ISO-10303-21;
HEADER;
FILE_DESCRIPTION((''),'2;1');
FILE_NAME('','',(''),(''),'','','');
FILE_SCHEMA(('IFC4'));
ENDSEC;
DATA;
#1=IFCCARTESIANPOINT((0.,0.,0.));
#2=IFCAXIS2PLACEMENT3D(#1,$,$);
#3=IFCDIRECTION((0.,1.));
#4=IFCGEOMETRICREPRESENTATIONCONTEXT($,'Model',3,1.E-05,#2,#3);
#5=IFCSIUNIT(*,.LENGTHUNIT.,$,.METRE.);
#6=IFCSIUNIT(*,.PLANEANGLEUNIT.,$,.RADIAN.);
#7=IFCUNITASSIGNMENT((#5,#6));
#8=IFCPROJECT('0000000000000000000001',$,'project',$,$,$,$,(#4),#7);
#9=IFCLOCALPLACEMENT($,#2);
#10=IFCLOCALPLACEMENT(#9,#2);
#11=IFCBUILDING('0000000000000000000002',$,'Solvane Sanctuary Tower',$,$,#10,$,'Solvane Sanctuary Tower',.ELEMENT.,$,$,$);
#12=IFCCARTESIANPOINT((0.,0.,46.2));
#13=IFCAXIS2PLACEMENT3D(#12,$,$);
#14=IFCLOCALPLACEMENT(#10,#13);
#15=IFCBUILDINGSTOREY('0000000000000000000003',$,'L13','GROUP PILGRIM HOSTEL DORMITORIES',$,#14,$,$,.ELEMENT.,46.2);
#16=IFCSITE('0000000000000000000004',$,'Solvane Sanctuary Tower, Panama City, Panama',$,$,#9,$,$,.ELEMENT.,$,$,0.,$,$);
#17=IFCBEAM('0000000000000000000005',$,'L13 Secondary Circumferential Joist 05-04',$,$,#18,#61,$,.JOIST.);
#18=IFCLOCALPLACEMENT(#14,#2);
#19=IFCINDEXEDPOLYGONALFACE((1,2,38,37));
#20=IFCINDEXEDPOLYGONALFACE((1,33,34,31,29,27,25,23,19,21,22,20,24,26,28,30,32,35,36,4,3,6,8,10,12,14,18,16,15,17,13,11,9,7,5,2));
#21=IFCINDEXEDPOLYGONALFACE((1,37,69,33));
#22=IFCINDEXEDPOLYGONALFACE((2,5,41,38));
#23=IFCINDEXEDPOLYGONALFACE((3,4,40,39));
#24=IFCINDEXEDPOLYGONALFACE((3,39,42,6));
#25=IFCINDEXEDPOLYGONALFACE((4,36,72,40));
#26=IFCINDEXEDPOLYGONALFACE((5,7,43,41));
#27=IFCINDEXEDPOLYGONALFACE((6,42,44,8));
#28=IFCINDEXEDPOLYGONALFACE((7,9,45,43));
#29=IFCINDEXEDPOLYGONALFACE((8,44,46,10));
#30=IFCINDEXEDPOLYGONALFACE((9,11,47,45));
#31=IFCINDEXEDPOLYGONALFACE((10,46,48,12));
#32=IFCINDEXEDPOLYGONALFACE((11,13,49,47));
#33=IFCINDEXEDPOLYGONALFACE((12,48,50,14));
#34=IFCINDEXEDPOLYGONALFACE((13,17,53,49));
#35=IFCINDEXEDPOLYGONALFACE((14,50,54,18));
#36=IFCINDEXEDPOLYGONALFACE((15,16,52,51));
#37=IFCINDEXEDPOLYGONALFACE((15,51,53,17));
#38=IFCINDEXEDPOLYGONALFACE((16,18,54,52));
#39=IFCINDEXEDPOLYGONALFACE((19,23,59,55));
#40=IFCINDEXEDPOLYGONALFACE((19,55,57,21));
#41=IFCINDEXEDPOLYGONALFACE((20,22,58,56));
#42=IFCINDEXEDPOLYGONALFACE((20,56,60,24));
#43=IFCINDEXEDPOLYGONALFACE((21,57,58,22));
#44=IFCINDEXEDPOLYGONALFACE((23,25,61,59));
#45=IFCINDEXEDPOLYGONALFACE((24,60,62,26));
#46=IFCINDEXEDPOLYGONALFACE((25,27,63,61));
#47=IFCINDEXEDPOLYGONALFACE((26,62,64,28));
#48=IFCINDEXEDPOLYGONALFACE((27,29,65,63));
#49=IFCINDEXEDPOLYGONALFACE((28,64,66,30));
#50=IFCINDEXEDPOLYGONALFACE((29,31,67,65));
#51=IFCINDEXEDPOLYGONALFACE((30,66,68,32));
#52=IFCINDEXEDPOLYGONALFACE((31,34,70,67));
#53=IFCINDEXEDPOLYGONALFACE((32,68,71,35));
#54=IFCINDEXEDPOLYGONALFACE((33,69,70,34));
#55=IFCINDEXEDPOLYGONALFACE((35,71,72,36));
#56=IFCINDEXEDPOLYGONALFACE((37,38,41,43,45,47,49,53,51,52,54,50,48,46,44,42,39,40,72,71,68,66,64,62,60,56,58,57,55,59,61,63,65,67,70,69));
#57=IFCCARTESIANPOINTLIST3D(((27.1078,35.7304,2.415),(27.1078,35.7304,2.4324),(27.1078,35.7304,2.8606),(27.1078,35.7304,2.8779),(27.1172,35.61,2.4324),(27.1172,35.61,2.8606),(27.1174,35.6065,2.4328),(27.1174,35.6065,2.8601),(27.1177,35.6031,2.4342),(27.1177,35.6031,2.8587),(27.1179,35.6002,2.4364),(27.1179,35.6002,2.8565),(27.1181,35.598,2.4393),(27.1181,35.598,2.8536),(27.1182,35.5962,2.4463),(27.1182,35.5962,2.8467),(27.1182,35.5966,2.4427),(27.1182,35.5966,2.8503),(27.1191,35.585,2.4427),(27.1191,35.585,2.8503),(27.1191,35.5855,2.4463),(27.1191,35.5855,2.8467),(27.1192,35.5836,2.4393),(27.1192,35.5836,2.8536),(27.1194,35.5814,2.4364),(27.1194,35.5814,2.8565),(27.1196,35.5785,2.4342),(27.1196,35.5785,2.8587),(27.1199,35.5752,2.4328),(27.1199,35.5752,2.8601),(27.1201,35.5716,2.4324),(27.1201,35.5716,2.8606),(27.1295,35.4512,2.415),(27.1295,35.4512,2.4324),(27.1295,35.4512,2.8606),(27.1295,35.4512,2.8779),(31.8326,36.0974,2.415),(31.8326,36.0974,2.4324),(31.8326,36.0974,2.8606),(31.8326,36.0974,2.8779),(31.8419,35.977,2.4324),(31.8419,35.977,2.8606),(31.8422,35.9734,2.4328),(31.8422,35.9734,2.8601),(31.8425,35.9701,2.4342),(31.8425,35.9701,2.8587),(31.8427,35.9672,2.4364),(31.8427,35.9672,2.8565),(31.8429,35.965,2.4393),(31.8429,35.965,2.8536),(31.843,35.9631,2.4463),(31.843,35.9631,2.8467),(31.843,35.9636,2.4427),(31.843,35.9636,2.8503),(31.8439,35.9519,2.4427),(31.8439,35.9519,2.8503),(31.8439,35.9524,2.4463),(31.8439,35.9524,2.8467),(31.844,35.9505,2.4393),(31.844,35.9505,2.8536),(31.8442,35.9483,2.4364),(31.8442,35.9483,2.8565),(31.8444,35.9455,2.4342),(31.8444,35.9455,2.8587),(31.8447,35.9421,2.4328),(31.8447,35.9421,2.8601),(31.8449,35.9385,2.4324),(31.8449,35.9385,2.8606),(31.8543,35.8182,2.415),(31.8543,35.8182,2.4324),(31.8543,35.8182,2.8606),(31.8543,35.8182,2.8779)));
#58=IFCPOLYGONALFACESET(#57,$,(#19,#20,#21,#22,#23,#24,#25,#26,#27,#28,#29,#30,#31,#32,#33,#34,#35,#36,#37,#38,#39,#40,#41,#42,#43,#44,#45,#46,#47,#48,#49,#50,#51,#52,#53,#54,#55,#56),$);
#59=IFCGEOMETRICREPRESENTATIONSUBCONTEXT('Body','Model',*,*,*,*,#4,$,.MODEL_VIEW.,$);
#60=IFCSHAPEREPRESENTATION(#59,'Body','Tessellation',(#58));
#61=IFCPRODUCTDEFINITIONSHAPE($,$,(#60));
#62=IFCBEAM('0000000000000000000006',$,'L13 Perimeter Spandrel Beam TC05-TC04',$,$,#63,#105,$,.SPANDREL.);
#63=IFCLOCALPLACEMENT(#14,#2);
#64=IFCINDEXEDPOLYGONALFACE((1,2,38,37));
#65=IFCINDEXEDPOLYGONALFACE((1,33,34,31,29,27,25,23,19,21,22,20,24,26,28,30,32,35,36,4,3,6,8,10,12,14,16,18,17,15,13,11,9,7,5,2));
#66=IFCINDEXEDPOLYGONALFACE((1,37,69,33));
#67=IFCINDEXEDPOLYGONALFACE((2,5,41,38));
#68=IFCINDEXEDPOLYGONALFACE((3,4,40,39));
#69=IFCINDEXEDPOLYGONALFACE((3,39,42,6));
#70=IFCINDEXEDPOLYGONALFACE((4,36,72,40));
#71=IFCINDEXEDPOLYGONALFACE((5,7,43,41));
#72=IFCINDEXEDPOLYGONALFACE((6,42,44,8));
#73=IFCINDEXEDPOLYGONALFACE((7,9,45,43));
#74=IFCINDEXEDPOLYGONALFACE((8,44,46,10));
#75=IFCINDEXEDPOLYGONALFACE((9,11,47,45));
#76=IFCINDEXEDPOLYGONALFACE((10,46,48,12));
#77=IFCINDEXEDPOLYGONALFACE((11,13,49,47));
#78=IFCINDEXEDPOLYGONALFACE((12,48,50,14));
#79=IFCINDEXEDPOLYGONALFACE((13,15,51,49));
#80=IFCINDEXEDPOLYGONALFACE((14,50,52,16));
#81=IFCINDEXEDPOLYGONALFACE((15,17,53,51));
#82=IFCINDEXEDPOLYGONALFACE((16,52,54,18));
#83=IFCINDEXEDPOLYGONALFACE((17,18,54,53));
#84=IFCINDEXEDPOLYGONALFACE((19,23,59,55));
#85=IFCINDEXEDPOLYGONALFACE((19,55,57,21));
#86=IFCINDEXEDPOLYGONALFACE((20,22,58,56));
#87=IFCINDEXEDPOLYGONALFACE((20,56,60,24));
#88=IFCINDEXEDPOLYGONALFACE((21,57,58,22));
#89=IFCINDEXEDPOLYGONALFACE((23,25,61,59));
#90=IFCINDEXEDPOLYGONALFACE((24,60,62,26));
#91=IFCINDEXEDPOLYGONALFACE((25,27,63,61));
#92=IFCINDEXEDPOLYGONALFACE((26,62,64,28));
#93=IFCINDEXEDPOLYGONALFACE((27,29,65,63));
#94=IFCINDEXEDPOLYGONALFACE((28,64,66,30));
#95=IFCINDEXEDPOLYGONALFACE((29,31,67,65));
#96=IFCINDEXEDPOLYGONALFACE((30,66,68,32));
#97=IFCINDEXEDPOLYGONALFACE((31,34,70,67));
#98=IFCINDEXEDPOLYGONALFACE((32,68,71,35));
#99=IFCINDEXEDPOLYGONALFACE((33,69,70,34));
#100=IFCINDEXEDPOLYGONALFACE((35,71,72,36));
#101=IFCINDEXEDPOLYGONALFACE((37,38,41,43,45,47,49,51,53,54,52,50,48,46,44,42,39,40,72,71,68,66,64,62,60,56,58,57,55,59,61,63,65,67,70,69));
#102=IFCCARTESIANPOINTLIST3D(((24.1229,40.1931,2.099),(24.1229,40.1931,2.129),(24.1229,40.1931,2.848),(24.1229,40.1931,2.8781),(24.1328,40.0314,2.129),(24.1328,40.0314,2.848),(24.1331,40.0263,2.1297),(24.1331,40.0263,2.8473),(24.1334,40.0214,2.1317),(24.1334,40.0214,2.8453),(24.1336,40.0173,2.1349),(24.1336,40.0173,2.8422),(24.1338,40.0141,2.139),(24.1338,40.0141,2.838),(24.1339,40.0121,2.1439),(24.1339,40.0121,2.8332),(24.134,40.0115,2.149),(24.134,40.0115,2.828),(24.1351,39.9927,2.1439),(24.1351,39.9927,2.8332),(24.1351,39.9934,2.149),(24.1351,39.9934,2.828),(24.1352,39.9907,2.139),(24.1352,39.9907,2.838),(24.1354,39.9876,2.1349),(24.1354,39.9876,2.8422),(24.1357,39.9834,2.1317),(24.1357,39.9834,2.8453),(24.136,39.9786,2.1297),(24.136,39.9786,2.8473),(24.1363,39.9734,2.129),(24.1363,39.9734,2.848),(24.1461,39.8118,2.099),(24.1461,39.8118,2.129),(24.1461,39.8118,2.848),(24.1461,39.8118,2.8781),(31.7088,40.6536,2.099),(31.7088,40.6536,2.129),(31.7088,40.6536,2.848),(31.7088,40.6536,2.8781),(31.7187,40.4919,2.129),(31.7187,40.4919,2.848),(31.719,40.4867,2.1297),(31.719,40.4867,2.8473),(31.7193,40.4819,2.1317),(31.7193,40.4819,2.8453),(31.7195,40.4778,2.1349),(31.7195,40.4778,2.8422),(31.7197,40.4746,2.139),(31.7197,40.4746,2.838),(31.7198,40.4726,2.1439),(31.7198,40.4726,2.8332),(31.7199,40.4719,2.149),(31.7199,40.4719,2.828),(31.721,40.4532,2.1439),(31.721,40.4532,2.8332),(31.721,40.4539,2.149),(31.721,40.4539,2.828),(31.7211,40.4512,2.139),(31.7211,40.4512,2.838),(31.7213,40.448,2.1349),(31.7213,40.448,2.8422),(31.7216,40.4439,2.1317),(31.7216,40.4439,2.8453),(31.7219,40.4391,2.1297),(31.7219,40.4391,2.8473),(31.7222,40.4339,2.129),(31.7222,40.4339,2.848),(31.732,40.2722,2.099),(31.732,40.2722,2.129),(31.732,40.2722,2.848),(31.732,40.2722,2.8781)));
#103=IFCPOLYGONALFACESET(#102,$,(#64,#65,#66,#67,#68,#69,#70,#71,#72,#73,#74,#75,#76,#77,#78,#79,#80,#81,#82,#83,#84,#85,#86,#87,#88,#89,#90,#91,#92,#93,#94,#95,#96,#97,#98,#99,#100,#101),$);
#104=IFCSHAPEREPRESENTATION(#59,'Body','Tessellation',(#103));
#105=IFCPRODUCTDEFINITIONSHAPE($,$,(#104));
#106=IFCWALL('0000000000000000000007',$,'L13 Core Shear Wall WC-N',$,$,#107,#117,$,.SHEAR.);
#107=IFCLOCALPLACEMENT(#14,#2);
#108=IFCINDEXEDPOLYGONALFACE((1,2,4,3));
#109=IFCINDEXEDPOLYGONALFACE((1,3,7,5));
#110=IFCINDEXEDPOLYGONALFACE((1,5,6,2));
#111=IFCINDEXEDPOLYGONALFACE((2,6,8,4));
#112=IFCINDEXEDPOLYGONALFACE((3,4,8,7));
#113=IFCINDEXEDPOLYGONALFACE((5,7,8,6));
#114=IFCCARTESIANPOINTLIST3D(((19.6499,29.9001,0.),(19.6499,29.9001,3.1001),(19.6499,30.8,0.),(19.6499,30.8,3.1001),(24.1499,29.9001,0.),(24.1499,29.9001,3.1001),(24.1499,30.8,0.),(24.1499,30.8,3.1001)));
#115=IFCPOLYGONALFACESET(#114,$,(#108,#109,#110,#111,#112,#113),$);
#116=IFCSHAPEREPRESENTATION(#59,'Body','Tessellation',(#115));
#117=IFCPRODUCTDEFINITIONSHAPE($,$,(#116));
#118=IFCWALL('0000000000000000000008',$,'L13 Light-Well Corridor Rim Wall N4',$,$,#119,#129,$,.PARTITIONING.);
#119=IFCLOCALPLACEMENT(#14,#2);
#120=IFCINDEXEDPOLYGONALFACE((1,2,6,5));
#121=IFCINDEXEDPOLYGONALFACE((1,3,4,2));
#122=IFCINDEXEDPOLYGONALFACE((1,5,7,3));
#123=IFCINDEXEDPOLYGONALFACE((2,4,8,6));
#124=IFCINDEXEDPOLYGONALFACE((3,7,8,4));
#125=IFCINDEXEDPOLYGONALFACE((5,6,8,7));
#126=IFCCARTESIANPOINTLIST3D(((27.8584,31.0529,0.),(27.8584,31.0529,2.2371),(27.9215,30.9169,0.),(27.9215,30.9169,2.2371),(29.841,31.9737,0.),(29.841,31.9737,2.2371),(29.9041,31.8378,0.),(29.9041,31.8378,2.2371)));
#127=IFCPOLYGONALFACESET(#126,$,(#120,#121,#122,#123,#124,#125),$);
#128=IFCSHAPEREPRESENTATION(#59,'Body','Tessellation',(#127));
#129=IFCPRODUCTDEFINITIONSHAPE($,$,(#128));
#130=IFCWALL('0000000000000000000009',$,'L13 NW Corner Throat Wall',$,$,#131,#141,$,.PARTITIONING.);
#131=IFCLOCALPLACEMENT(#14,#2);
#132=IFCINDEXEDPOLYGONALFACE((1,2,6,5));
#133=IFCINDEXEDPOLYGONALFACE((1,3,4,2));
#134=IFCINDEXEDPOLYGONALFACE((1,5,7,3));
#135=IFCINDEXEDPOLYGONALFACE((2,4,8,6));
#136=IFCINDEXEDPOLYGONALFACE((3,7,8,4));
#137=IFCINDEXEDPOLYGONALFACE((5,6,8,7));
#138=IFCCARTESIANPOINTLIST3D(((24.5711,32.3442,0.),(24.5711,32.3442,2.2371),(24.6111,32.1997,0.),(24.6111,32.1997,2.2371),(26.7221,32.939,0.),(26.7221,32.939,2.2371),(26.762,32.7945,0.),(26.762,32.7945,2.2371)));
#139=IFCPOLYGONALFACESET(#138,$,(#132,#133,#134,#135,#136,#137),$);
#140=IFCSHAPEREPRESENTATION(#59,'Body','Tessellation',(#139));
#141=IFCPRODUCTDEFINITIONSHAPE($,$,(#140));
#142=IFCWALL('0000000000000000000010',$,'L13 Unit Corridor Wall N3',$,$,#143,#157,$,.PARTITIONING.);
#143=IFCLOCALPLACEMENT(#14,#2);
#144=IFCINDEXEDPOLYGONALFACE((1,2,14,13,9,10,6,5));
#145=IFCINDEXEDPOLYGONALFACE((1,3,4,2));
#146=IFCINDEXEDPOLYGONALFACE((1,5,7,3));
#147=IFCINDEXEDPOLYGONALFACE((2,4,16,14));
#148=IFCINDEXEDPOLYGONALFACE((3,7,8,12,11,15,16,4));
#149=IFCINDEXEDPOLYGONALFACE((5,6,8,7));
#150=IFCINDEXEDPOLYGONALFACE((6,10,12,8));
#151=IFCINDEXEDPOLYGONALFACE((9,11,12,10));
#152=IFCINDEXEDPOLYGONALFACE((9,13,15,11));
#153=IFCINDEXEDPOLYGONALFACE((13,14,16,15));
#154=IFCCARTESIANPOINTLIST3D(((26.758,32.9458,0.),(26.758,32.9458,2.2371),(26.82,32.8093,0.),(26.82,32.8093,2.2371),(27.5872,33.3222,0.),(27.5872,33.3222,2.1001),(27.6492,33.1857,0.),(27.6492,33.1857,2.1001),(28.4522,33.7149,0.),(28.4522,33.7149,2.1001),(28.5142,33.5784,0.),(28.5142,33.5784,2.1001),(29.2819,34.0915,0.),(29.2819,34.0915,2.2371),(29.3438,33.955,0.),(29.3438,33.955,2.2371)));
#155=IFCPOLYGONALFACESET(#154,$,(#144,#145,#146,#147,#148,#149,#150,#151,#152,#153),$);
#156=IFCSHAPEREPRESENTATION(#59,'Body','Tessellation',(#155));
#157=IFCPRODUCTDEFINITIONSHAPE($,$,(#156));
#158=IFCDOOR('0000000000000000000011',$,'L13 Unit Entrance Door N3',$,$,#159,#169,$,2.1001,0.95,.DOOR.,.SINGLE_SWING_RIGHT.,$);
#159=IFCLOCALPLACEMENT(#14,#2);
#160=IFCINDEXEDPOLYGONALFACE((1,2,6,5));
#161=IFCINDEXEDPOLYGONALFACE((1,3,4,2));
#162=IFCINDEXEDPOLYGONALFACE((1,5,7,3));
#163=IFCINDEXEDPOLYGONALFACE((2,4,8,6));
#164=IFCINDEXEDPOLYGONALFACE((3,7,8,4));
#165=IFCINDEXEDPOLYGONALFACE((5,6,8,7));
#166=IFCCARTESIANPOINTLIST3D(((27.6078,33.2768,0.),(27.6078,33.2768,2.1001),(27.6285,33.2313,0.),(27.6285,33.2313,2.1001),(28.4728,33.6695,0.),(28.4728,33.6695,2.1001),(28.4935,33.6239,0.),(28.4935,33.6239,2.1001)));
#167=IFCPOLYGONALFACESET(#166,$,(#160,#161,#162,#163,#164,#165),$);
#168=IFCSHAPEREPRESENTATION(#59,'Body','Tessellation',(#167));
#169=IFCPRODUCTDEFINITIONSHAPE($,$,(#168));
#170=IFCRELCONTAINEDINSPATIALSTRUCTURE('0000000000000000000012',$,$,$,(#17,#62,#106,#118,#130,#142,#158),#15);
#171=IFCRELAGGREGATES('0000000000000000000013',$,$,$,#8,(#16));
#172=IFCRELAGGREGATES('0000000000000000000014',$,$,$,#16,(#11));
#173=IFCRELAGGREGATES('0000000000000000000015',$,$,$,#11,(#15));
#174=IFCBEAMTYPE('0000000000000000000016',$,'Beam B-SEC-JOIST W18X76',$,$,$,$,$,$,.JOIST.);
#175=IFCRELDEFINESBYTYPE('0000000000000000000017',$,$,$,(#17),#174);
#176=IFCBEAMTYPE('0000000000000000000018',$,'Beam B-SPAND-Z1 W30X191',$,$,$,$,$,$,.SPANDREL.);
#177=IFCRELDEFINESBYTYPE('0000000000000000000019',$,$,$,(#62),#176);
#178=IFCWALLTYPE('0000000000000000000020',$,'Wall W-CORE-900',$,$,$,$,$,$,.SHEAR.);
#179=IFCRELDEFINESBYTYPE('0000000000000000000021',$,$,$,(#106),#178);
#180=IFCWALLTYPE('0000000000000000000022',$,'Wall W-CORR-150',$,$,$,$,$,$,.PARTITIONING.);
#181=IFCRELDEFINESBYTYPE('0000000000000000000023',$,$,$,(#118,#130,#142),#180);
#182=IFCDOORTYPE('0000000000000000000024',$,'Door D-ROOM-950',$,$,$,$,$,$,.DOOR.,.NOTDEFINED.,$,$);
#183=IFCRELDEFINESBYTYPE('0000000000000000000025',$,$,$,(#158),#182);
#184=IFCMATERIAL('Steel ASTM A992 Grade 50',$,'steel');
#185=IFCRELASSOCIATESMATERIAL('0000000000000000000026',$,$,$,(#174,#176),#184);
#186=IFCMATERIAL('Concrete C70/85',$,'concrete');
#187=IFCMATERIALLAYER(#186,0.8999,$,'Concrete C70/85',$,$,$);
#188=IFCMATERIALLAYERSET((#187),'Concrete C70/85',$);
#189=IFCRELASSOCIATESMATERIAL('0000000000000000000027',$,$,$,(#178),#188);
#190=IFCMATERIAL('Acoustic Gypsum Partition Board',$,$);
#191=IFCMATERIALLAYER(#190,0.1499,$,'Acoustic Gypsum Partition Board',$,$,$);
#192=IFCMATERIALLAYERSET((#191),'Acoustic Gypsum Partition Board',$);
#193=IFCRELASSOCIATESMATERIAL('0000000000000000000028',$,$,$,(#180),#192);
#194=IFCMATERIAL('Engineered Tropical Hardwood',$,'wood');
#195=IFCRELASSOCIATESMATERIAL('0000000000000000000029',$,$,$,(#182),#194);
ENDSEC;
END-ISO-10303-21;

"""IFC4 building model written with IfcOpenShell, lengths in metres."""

from ifc_helpers import new_model, si_unit, direction, frame, frame_2d, origin, origin_2d, place, context, subcontext, project, spatial, rectangle, i_section, extrude, material, layer, layer_set, material_profile, profile_set, type_object, element, fill, save


model = new_model("IFC4")

# Units and contexts
model_context = context("Model", 3, precision=1e-05, world=origin(), true_north=direction((0.0, 1.0)))
body_context = subcontext(model_context, "Body", "Model", "MODEL_VIEW")
ifc_project = project(units=[si_unit("LENGTHUNIT", "METRE"), si_unit("PLANEANGLEUNIT", "RADIAN")], contexts=[model_context])

# Site, building, storey
site_placement = place(None, origin())
site = spatial("IfcSite", under=ifc_project, at=site_placement, Name="Solvane Sanctuary Tower, Panama City, Panama", CompositionType="ELEMENT", RefElevation=0.0)
building_placement = place(site_placement, origin())
building = spatial("IfcBuilding", under=site, at=building_placement, Name="Solvane Sanctuary Tower", LongName="Solvane Sanctuary Tower", CompositionType="ELEMENT")
storey_placement = place(building_placement, frame((0.0, 0.0, 46.2)))
storey = spatial("IfcBuildingStorey", under=building, at=storey_placement, Name="L13", Description="GROUP PILGRIM HOSTEL DORMITORIES", CompositionType="ELEMENT", Elevation=46.2)

# Shared definitions
ifc_material_1 = material(Name="Concrete C70/85", Category="concrete")

# Beams
ifc_material_2 = material(Name="Steel ASTM A992 Grade 50", Category="steel")
ifc_material_profile_1 = material_profile(ifc_material_2, i_section(OverallWidth=0.28, OverallDepth=0.4629, WebThickness=0.0107, FlangeThickness=0.0173, FilletRadius=0.0139, at=origin_2d()), Name="W18X76")
ifc_profile_set_1 = profile_set([ifc_material_profile_1], Name="Steel ASTM A992 Grade 50")
beam_type_1 = type_object("IfcBeamType", Name="Beam B-SEC-JOIST W18X76", PredefinedType="JOIST", material=ifc_profile_set_1)
beam_1_placement = place(storey_placement, frame((27.1187, 35.5908, 2.6465), z_axis=(0.996998, 0.077429, 0.0), x_axis=(-0.077429, 0.996998, 0.0)))
element("IfcBeam", 1, at=beam_1_placement, inside=storey, type_object=beam_type_1, Name="L13 Secondary Circumferential Joist 05-04", PredefinedType="JOIST", context=body_context, shape_type="SweptSolid", body=[
    extrude(i_section(OverallWidth=0.28, OverallDepth=0.4629, WebThickness=0.0107, FlangeThickness=0.0173, FilletRadius=0.0139, at=origin_2d()), origin(), (0.0, 0.0, 1.0), 4.739),
])
ifc_material_profile_2 = material_profile(ifc_material_2, i_section(OverallWidth=0.3821, OverallDepth=0.7791, WebThickness=0.0181, FlangeThickness=0.03, FilletRadius=0.02, at=origin_2d()), Name="W30X191")
ifc_profile_set_2 = profile_set([ifc_material_profile_2], Name="Steel ASTM A992 Grade 50")
beam_type_2 = type_object("IfcBeamType", Name="Beam B-SPAND-Z1 W30X191", PredefinedType="SPANDREL", material=ifc_profile_set_2)
beam_2_placement = place(storey_placement, frame((24.1345, 40.0024, 2.4885), z_axis=(0.998163, 0.060586, 0.0), x_axis=(-0.060586, 0.998163, 0.0)))
element("IfcBeam", 2, at=beam_2_placement, inside=storey, type_object=beam_type_2, Name="L13 Perimeter Spandrel Beam TC05-TC04", PredefinedType="SPANDREL", context=body_context, shape_type="SweptSolid", body=[
    extrude(i_section(OverallWidth=0.3821, OverallDepth=0.7791, WebThickness=0.0181, FlangeThickness=0.03, FilletRadius=0.02, at=origin_2d()), origin(), (0.0, 0.0, 1.0), 7.5999),
])

# Walls
ifc_layer_1 = layer(ifc_material_1, 0.8999, Name="Concrete C70/85")
ifc_layer_set_1 = layer_set([ifc_layer_1], Name="Concrete C70/85")
wall_type_1 = type_object("IfcWallType", Name="Wall W-CORE-900", PredefinedType="SHEAR", material=ifc_layer_set_1)
wall_1_placement = place(storey_placement, frame((19.6499, 30.3501, 0.0), z_axis=(0.0, 0.0, 1.0), x_axis=(1.0, 0.0, 0.0)))
element("IfcWall", 3, at=wall_1_placement, inside=storey, type_object=wall_type_1, Name="L13 Core Shear Wall WC-N", PredefinedType="SHEAR", context=body_context, shape_type="SweptSolid", body=[
    extrude(rectangle(XDim=4.5, YDim=0.8999, at=frame_2d((2.25, 0.0))), origin(), (0.0, 0.0, 1.0), 3.1001),
])
ifc_material_3 = material(Name="Acoustic Gypsum Partition Board")
ifc_layer_2 = layer(ifc_material_3, 0.1499, Name="Acoustic Gypsum Partition Board")
ifc_layer_set_2 = layer_set([ifc_layer_2], Name="Acoustic Gypsum Partition Board")
wall_type_2 = type_object("IfcWallType", Name="Wall W-CORR-150", PredefinedType="PARTITIONING", material=ifc_layer_set_2)
wall_2_placement = place(storey_placement, frame((29.8726, 31.9058, 0.0), z_axis=(0.0, 0.0, 1.0), x_axis=(-0.906943, -0.421252, 0.0)))
element("IfcWall", 4, at=wall_2_placement, inside=storey, type_object=wall_type_2, Name="L13 Light-Well Corridor Rim Wall N4", PredefinedType="PARTITIONING", context=body_context, shape_type="SweptSolid", body=[
    extrude(rectangle(XDim=2.186, YDim=0.1499, at=frame_2d((1.093, 0.0))), origin(), (0.0, 0.0, 1.0), 2.2371),
])
wall_3_placement = place(storey_placement, frame((26.7419, 32.8667, 0.0), z_axis=(0.0, 0.0, 1.0), x_axis=(-0.963834, -0.266504, 0.0)))
element("IfcWall", 5, at=wall_3_placement, inside=storey, type_object=wall_type_2, Name="L13 NW Corner Throat Wall", PredefinedType="PARTITIONING", context=body_context, shape_type="SweptSolid", body=[
    extrude(rectangle(XDim=2.2317, YDim=0.1499, at=frame_2d((1.1157, 0.0))), origin(), (0.0, 0.0, 1.0), 2.2371),
])

# Wall, opening, door
wall_4_placement = place(storey_placement, frame((29.3127, 34.0232, 0.0), z_axis=(0.0, 0.0, 1.0), x_axis=(-0.910568, -0.413358, 0.0)))
wall_4 = element("IfcWall", 6, at=wall_4_placement, inside=storey, type_object=wall_type_2, Name="L13 Unit Corridor Wall N3", PredefinedType="PARTITIONING", context=body_context, shape_type="SweptSolid", body=[
    extrude(rectangle(XDim=2.7717, YDim=0.1499, at=frame_2d((1.3857, 0.0))), origin(), (0.0, 0.0, 1.0), 2.2371),
])
opening_1_placement = place(wall_4_placement, frame((0.9109, 0.0, 0.0)))
opening_1 = element("IfcOpeningElement", 7, at=opening_1_placement, cuts=wall_4, PredefinedType="OPENING", context=body_context, shape_type="SweptSolid", body=[
    extrude(rectangle(XDim=0.95, YDim=2.1001, at=frame_2d((0.4751, 1.05))), frame((0.0, 0.085, 0.0), z_axis=(0.0, -1.0, 0.0), x_axis=(1.0, 0.0, 0.0)), (0.0, 0.0, 1.0), 0.1699),
])
ifc_material_4 = material(Name="Engineered Tropical Hardwood", Category="wood")
door_type = type_object("IfcDoorType", Name="Door D-ROOM-950", OperationType="NOTDEFINED", PredefinedType="DOOR", material=ifc_material_4)
door_placement = place(opening_1_placement, origin())
door = element("IfcDoor", 8, at=door_placement, inside=storey, type_object=door_type, Name="L13 Unit Entrance Door N3", OperationType="SINGLE_SWING_RIGHT", OverallHeight=2.1001, OverallWidth=0.95, PredefinedType="DOOR", context=body_context, shape_type="SweptSolid", body=[
    extrude(rectangle(XDim=0.95, YDim=2.1001, at=frame_2d((0.4751, 1.05))), frame((0.0, 0.0249, 0.0), z_axis=(0.0, -1.0, 0.0), x_axis=(1.0, 0.0, 0.0)), (0.0, 0.0, 1.0), 0.05),
])
fill(opening_1, door)

save(model, "model.ifc")
